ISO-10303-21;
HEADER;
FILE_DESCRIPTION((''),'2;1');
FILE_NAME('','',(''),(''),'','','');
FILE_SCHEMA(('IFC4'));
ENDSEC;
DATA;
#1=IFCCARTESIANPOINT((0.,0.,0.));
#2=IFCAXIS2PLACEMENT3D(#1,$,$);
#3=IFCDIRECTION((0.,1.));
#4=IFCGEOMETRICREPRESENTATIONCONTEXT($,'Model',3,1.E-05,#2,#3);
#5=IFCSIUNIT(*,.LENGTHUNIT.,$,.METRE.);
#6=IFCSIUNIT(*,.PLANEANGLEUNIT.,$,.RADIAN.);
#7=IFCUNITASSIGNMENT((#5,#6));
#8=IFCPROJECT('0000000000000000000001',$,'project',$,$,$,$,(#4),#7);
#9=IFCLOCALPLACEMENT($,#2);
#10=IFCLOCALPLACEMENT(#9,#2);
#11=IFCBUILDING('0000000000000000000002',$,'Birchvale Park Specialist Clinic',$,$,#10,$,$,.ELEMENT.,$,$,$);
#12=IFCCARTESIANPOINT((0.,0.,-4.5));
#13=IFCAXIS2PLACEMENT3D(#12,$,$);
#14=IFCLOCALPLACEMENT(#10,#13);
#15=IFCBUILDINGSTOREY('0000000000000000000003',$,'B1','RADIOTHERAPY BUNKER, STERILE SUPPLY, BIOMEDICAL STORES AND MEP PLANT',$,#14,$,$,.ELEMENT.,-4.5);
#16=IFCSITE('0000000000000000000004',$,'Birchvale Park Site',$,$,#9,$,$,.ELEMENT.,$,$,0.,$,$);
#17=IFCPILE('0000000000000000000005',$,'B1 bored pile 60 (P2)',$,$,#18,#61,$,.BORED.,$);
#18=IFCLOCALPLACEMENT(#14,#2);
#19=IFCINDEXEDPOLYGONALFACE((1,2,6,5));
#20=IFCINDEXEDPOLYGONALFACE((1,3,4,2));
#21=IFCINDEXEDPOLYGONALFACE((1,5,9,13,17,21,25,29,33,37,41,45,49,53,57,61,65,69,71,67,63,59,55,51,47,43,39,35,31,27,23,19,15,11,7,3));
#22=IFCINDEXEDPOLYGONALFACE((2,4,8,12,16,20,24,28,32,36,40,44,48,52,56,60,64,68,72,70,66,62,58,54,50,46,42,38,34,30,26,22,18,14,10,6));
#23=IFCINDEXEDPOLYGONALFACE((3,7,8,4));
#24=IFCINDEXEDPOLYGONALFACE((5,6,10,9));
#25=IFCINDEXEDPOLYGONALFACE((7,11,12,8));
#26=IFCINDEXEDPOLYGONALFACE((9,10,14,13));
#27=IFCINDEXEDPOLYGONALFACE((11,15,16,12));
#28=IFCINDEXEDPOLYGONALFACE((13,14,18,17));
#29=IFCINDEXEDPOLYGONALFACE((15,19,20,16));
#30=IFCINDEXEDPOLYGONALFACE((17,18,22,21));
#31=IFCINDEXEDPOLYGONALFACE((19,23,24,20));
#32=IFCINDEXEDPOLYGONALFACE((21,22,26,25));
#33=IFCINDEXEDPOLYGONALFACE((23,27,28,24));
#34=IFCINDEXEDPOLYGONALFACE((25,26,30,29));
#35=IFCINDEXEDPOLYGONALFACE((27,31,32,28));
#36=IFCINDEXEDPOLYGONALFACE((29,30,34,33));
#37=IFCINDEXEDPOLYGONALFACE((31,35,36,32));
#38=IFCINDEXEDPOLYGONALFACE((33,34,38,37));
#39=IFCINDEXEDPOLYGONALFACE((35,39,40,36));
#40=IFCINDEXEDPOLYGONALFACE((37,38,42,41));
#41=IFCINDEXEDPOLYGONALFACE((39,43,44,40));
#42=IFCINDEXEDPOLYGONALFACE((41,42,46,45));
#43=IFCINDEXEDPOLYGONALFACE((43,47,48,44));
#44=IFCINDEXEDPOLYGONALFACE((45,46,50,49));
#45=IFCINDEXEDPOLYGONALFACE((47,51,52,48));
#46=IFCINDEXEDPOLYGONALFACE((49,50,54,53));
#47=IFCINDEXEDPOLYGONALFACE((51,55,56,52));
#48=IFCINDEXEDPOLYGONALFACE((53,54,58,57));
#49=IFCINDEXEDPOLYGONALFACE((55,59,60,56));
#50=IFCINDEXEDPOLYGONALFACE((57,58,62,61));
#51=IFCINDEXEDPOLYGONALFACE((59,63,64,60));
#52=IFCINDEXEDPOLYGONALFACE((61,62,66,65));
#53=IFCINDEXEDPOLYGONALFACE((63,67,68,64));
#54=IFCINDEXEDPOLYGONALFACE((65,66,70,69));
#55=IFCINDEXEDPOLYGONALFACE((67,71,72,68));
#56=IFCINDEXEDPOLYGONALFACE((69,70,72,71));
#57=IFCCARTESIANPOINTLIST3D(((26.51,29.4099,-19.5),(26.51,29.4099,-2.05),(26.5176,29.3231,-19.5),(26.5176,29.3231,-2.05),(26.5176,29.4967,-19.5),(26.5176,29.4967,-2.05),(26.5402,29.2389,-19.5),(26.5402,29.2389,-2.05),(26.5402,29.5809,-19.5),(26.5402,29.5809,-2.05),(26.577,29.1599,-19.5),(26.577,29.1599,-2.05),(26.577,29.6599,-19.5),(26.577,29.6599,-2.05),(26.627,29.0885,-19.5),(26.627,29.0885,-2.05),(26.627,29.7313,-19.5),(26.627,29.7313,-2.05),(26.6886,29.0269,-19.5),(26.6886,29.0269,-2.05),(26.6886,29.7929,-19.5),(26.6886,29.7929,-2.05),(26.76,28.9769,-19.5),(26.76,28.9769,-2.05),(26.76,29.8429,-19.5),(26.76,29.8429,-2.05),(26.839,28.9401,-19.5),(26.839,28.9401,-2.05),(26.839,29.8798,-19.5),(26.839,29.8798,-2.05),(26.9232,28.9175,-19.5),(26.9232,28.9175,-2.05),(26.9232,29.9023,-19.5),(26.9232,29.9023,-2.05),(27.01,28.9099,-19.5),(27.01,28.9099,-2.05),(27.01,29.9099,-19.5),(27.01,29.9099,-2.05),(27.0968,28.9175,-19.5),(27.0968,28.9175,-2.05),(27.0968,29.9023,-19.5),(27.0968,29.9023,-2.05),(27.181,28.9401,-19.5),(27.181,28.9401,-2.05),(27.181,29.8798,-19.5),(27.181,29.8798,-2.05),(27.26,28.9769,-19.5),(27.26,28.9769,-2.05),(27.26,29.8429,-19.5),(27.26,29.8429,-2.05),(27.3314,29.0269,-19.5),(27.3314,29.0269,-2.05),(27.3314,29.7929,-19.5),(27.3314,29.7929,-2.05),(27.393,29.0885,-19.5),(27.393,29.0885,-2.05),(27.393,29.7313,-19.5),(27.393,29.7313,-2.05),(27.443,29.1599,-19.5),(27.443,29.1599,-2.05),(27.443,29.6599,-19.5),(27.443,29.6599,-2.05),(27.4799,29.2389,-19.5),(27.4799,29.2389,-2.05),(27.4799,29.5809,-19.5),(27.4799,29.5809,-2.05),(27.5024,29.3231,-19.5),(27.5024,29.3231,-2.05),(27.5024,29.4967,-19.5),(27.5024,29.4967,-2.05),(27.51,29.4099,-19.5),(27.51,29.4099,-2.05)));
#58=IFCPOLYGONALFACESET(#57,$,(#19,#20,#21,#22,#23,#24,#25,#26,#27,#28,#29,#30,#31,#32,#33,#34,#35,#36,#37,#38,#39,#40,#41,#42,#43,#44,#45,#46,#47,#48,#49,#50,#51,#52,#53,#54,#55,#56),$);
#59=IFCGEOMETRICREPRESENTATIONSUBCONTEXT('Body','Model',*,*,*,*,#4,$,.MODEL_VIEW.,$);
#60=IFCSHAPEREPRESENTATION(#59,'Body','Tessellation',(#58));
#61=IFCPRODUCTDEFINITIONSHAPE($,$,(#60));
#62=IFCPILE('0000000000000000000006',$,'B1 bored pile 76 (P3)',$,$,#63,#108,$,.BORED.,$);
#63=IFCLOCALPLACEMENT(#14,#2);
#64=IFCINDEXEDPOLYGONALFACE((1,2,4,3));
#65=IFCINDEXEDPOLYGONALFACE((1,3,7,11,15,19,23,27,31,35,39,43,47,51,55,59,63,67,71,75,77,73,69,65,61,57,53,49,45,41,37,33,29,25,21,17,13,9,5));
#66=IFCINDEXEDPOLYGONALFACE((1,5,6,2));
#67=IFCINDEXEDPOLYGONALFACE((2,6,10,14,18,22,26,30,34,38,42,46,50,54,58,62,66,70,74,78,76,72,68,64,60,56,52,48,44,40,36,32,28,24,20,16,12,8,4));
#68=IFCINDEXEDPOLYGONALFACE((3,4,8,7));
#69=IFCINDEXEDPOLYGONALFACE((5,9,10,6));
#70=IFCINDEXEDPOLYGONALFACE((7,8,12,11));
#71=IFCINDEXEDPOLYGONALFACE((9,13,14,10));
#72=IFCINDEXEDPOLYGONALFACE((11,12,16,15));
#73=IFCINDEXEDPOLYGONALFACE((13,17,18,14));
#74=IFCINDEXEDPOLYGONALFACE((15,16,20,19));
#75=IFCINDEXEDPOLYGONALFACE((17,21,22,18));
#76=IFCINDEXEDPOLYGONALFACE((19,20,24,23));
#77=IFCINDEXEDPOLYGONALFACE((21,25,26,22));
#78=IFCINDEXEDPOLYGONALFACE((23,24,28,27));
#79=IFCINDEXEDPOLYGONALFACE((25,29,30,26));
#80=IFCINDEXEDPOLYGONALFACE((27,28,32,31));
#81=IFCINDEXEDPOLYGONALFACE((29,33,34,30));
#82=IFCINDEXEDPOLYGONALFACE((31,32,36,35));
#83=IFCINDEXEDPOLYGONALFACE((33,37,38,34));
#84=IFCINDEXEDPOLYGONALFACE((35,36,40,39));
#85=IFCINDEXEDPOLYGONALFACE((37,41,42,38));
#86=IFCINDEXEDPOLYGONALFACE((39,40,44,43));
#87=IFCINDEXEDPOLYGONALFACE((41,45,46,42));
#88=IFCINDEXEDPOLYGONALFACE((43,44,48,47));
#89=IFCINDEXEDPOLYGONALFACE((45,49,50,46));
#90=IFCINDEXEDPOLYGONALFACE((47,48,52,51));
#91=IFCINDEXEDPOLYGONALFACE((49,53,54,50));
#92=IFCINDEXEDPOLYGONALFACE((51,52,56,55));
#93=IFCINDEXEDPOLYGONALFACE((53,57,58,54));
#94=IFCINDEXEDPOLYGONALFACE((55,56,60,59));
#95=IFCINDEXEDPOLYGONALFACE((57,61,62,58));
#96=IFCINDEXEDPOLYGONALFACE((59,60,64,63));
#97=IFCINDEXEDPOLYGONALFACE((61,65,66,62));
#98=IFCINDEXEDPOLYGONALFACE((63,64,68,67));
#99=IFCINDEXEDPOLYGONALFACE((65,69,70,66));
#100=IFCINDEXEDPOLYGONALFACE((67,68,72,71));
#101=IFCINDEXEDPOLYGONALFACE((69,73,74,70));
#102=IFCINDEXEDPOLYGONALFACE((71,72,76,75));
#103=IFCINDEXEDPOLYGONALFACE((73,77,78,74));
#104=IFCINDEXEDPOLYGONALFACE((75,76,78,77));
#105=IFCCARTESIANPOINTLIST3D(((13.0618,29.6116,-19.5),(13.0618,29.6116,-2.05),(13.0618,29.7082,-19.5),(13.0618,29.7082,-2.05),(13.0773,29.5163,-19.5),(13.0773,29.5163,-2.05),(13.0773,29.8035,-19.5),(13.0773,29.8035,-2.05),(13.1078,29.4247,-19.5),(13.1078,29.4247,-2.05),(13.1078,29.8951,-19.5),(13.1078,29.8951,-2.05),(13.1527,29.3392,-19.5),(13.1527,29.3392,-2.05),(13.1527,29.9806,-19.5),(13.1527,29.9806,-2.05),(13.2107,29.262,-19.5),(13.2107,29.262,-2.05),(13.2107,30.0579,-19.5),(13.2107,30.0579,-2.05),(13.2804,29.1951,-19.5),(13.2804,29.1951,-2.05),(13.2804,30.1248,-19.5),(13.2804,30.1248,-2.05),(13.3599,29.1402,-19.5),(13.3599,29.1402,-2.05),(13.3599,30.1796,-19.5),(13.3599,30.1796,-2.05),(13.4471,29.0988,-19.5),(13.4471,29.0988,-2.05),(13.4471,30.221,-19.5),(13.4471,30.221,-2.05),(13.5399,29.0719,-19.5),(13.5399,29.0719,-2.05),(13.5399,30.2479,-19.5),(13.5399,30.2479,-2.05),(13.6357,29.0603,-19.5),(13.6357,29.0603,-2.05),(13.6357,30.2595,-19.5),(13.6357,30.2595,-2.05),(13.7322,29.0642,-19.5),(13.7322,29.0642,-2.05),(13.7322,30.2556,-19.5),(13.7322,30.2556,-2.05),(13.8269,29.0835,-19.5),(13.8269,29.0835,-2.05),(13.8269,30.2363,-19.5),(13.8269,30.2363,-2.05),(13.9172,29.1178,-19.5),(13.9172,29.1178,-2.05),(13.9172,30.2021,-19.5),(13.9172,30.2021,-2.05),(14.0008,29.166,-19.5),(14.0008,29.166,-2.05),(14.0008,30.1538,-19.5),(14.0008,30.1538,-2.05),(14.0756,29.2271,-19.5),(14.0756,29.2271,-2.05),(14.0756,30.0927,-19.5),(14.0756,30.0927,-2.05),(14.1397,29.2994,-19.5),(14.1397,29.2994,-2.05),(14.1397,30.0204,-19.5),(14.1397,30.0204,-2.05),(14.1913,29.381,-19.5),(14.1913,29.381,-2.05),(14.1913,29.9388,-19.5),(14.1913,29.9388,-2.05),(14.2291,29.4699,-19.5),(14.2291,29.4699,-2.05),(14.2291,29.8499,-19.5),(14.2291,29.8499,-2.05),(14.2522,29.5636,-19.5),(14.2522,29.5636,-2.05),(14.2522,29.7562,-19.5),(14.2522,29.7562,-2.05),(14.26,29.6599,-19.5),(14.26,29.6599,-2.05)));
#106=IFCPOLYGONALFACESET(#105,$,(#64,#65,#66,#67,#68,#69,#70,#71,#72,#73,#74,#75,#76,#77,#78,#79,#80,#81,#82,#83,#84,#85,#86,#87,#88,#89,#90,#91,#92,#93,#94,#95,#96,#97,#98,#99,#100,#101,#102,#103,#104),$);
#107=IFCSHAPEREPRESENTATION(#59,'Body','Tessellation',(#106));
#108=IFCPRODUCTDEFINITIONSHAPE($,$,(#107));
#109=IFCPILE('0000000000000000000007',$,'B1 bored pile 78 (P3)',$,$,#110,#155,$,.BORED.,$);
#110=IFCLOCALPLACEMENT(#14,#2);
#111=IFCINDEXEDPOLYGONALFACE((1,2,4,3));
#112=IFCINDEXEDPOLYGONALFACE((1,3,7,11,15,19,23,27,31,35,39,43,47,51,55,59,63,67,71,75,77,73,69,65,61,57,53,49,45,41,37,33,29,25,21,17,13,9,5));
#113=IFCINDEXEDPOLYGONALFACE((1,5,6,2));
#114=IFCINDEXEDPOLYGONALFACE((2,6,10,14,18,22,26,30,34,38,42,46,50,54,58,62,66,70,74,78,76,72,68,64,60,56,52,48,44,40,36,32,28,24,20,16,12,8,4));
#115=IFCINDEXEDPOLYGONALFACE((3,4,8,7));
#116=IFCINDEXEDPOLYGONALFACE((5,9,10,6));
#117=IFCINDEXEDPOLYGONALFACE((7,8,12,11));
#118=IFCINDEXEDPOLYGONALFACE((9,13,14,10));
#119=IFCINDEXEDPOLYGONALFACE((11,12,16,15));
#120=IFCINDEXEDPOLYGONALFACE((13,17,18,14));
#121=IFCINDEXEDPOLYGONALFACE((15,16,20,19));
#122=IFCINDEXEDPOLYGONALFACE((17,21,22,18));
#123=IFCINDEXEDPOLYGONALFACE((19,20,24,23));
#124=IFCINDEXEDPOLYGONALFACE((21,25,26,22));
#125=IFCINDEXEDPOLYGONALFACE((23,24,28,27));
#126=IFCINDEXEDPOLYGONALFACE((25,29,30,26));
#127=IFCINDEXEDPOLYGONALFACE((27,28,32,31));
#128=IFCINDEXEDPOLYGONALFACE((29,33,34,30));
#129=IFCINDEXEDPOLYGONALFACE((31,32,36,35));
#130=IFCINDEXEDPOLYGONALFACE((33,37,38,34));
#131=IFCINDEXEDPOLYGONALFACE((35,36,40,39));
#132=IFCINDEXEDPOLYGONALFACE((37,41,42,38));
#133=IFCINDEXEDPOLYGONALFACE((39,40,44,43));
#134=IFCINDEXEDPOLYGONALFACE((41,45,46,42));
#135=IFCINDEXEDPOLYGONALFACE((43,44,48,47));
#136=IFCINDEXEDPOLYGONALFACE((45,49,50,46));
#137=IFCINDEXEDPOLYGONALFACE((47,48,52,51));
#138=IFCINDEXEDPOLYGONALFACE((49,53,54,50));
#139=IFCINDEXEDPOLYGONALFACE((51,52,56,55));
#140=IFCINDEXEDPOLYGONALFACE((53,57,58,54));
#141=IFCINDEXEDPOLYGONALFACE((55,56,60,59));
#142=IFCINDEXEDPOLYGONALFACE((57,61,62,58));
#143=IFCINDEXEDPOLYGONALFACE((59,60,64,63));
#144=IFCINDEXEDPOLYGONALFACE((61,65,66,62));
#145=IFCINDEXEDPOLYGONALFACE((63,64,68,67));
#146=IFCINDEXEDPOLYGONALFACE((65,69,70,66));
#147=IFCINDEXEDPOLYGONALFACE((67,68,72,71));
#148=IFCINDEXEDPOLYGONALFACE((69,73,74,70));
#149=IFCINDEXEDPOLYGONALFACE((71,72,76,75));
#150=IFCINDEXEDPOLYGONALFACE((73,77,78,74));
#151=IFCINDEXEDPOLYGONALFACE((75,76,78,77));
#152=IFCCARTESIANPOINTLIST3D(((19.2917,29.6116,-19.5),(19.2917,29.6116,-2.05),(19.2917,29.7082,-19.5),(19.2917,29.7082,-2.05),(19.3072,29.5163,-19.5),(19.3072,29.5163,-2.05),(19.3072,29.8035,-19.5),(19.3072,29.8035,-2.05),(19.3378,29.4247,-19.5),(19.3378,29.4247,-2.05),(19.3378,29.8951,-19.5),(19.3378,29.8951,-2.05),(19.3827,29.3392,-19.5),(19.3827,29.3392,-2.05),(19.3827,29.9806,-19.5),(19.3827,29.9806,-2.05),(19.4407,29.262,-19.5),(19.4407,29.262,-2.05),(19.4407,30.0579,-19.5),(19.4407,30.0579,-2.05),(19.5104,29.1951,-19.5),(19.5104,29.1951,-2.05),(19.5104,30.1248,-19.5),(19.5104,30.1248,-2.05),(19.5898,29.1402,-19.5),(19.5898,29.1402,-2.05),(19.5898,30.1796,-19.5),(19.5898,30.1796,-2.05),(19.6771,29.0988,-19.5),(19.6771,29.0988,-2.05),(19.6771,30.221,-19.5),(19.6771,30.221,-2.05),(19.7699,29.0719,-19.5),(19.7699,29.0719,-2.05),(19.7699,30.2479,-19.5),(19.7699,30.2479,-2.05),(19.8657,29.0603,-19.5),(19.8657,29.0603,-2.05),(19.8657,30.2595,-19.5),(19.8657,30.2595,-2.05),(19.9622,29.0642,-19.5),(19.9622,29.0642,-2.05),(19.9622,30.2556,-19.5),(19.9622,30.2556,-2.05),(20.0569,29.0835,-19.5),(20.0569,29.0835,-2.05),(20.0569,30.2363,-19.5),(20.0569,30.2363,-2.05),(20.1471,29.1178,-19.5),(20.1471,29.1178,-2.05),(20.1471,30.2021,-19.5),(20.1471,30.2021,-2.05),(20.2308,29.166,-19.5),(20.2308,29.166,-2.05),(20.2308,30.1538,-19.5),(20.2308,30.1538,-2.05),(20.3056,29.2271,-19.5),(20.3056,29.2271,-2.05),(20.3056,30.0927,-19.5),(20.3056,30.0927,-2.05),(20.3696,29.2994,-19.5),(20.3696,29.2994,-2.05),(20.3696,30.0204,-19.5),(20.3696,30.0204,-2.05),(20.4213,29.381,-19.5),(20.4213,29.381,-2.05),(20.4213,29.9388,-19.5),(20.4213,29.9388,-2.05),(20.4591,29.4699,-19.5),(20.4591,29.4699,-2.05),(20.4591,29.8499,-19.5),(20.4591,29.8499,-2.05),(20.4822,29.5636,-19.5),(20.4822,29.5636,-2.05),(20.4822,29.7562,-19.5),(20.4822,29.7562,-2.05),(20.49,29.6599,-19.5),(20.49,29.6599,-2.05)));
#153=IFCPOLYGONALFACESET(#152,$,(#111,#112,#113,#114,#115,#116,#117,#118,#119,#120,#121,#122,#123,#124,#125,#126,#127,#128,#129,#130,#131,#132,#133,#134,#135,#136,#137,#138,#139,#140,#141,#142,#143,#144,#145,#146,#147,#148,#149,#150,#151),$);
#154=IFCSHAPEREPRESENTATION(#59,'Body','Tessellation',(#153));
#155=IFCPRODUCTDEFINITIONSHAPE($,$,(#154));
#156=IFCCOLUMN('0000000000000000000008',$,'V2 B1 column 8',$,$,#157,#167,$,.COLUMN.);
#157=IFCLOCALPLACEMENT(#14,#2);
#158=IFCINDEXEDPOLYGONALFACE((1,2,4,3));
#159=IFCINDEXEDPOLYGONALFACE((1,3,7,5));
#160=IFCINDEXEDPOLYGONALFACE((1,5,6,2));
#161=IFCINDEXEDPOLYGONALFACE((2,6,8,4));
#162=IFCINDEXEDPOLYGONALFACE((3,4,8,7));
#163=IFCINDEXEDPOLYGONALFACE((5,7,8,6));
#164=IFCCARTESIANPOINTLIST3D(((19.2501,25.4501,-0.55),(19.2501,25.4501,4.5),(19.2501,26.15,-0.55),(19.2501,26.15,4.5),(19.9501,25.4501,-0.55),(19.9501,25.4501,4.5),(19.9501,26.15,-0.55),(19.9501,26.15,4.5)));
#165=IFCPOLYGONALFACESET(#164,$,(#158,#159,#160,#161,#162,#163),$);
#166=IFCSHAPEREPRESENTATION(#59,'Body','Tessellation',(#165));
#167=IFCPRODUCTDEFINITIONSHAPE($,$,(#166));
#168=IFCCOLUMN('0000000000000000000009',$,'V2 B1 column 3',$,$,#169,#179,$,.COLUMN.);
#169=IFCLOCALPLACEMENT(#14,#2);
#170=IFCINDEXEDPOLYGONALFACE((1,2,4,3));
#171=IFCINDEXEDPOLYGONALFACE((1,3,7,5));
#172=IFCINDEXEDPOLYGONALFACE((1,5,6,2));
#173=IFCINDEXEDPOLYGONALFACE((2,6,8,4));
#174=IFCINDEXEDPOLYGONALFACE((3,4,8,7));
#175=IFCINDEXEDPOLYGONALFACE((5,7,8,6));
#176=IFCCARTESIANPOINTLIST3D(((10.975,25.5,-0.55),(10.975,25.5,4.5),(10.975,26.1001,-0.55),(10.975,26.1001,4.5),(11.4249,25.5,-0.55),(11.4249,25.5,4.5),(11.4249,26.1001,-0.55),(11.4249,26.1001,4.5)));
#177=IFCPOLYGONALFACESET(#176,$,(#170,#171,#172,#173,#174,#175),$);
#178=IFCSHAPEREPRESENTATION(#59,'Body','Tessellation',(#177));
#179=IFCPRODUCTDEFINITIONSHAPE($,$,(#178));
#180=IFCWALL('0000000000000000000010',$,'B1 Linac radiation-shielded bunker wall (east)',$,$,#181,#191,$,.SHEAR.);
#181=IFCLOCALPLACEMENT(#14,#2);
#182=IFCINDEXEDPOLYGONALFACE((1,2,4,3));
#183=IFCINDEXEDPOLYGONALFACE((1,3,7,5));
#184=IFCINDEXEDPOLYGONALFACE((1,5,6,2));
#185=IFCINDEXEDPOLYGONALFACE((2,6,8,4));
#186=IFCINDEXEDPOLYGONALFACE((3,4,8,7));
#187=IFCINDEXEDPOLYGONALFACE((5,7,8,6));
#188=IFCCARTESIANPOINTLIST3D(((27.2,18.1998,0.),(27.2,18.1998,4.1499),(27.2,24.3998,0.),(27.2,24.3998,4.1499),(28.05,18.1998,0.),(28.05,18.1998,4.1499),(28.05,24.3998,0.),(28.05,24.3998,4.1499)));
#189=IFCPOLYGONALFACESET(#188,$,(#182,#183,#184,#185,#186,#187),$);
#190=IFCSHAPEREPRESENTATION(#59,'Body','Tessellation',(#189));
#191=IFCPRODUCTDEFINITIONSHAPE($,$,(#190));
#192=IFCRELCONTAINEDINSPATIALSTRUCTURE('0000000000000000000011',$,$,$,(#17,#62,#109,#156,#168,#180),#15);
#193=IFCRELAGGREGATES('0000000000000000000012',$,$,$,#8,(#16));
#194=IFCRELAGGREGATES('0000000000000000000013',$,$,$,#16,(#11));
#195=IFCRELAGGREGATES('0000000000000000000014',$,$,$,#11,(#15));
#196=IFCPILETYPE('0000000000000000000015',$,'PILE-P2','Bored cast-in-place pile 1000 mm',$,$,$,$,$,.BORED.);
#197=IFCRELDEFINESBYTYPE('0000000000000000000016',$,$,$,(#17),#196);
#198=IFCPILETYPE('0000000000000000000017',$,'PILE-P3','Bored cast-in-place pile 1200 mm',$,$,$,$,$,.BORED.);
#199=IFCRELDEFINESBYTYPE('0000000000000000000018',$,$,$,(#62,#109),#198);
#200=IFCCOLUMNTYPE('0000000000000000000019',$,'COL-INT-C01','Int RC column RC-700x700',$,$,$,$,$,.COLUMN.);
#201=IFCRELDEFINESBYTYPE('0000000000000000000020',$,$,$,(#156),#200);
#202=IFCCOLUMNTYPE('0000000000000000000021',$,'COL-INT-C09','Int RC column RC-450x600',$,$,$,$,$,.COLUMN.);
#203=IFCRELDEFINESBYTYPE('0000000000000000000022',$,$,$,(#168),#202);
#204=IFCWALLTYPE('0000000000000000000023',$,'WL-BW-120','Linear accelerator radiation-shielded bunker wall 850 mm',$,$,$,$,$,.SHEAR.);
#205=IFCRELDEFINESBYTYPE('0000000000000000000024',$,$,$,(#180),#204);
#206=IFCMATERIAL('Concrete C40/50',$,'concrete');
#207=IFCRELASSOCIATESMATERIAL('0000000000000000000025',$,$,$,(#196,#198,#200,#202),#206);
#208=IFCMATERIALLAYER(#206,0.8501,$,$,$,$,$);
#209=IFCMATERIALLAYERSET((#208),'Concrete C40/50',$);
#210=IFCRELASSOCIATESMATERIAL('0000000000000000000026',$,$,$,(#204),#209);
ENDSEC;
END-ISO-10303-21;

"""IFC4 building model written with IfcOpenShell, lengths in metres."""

from ifc_helpers import new_model, si_unit, direction, frame, frame_2d, origin, origin_2d, place, context, subcontext, project, spatial, rectangle, circle, extrude, material, layer, layer_set, material_profile, profile_set, type_object, element, save


model = new_model("IFC4")

# Units and contexts
model_context = context("Model", 3, precision=1e-05, world=origin(), true_north=direction((0.0, 1.0)))
body_context = subcontext(model_context, "Body", "Model", "MODEL_VIEW")
ifc_project = project(units=[si_unit("LENGTHUNIT", "METRE"), si_unit("PLANEANGLEUNIT", "RADIAN")], contexts=[model_context])

# Site, building, storey
site_placement = place(None, origin())
site = spatial("IfcSite", under=ifc_project, at=site_placement, Name="Birchvale Park Site", CompositionType="ELEMENT", RefElevation=0.0)
building_placement = place(site_placement, origin())
building = spatial("IfcBuilding", under=site, at=building_placement, Name="Birchvale Park Specialist Clinic", CompositionType="ELEMENT")
storey_placement = place(building_placement, frame((0.0, 0.0, -4.5)))
storey = spatial("IfcBuildingStorey", under=building, at=storey_placement, Name="B1", Description="RADIOTHERAPY BUNKER, STERILE SUPPLY, BIOMEDICAL STORES AND MEP PLANT", CompositionType="ELEMENT", Elevation=-4.5)

# Shared definitions
ifc_material_1 = material(Name="Concrete C40/50", Category="concrete")

# Piles
ifc_material_profile_1 = material_profile(ifc_material_1, circle(Radius=0.5, at=origin_2d()), Name="PILE-1000")
ifc_profile_set_1 = profile_set([ifc_material_profile_1], Name="Concrete C40/50")
pile_type_1 = type_object("IfcPileType", Name="PILE-P2", Description="Bored cast-in-place pile 1000 mm", PredefinedType="BORED", material=ifc_profile_set_1)
pile_1_placement = place(storey_placement, frame((27.01, 29.4099, -2.05), z_axis=(0.0, 0.0, -1.0), x_axis=(1.0, 0.0, 0.0)))
element("IfcPile", 1, at=pile_1_placement, inside=storey, type_object=pile_type_1, Name="B1 bored pile 60 (P2)", PredefinedType="BORED", context=body_context, shape_type="SweptSolid", body=[
    extrude(circle(Radius=0.5, at=origin_2d()), origin(), (0.0, 0.0, 1.0), 17.45),
])
ifc_material_profile_2 = material_profile(ifc_material_1, circle(Radius=0.6001, at=origin_2d()), Name="PILE-1200")
ifc_profile_set_2 = profile_set([ifc_material_profile_2], Name="Concrete C40/50")
pile_type_2 = type_object("IfcPileType", Name="PILE-P3", Description="Bored cast-in-place pile 1200 mm", PredefinedType="BORED", material=ifc_profile_set_2)
for number, where, z_axis, x_axis, name in (
    (2, (13.6599, 29.6599, -2.05), (0.0, 0.0, -1.0), (1.0, 0.0, 0.0), "B1 bored pile 76 (P3)"),
    (3, (19.8899, 29.6599, -2.05), (0.0, 0.0, -1.0), (1.0, 0.0, 0.0), "B1 bored pile 78 (P3)"),
):
    element("IfcPile", number, at=place(storey_placement, frame(where, z_axis=z_axis, x_axis=x_axis)), inside=storey, type_object=pile_type_2, Name=name, PredefinedType="BORED", context=body_context, shape_type="SweptSolid", body=[
        extrude(circle(Radius=0.6001, at=origin_2d()), origin(), (0.0, 0.0, 1.0), 17.45),
    ])

# Columns
ifc_material_profile_3 = material_profile(ifc_material_1, rectangle(XDim=0.7, YDim=0.7, at=origin_2d()), Name="RC-700x700")
ifc_profile_set_3 = profile_set([ifc_material_profile_3], Name="Concrete C40/50")
column_type_1 = type_object("IfcColumnType", Name="COL-INT-C01", Description="Int RC column RC-700x700", PredefinedType="COLUMN", material=ifc_profile_set_3)
column_1_placement = place(storey_placement, frame((19.6001, 25.8, -0.55), z_axis=(0.0, 0.0, 1.0), x_axis=(1.0, 0.0, 0.0)))
element("IfcColumn", 4, at=column_1_placement, inside=storey, type_object=column_type_1, Name="V2 B1 column 8", PredefinedType="COLUMN", context=body_context, shape_type="SweptSolid", body=[
    extrude(rectangle(XDim=0.7, YDim=0.7, at=origin_2d()), origin(), (0.0, 0.0, 1.0), 5.05),
])
ifc_material_profile_4 = material_profile(ifc_material_1, rectangle(XDim=0.45, YDim=0.6001, at=origin_2d()), Name="RC-450x600")
ifc_profile_set_4 = profile_set([ifc_material_profile_4], Name="Concrete C40/50")
column_type_2 = type_object("IfcColumnType", Name="COL-INT-C09", Description="Int RC column RC-450x600", PredefinedType="COLUMN", material=ifc_profile_set_4)
column_2_placement = place(storey_placement, frame((11.2, 25.8, -0.55), z_axis=(0.0, 0.0, 1.0), x_axis=(1.0, 0.0, 0.0)))
element("IfcColumn", 5, at=column_2_placement, inside=storey, type_object=column_type_2, Name="V2 B1 column 3", PredefinedType="COLUMN", context=body_context, shape_type="SweptSolid", body=[
    extrude(rectangle(XDim=0.45, YDim=0.6001, at=origin_2d()), origin(), (0.0, 0.0, 1.0), 5.05),
])

# Wall
ifc_layer_1 = layer(ifc_material_1, 0.8501)
ifc_layer_set_1 = layer_set([ifc_layer_1], Name="Concrete C40/50")
wall_type_1 = type_object("IfcWallType", Name="WL-BW-120", Description="Linear accelerator radiation-shielded bunker wall 850 mm", PredefinedType="SHEAR", material=ifc_layer_set_1)
wall_1_placement = place(storey_placement, frame((27.625, 24.3999, 0.0), z_axis=(0.0, 0.0, 1.0), x_axis=(0.0, -1.0, 0.0)))
element("IfcWall", 6, at=wall_1_placement, inside=storey, type_object=wall_type_1, Name="B1 Linac radiation-shielded bunker wall (east)", PredefinedType="SHEAR", context=body_context, shape_type="SweptSolid", body=[
    extrude(rectangle(XDim=6.2, YDim=0.8501, at=frame_2d((3.1001, 0.0))), origin(), (0.0, 0.0, 1.0), 4.1499),
])

save(model, "model.ifc")
